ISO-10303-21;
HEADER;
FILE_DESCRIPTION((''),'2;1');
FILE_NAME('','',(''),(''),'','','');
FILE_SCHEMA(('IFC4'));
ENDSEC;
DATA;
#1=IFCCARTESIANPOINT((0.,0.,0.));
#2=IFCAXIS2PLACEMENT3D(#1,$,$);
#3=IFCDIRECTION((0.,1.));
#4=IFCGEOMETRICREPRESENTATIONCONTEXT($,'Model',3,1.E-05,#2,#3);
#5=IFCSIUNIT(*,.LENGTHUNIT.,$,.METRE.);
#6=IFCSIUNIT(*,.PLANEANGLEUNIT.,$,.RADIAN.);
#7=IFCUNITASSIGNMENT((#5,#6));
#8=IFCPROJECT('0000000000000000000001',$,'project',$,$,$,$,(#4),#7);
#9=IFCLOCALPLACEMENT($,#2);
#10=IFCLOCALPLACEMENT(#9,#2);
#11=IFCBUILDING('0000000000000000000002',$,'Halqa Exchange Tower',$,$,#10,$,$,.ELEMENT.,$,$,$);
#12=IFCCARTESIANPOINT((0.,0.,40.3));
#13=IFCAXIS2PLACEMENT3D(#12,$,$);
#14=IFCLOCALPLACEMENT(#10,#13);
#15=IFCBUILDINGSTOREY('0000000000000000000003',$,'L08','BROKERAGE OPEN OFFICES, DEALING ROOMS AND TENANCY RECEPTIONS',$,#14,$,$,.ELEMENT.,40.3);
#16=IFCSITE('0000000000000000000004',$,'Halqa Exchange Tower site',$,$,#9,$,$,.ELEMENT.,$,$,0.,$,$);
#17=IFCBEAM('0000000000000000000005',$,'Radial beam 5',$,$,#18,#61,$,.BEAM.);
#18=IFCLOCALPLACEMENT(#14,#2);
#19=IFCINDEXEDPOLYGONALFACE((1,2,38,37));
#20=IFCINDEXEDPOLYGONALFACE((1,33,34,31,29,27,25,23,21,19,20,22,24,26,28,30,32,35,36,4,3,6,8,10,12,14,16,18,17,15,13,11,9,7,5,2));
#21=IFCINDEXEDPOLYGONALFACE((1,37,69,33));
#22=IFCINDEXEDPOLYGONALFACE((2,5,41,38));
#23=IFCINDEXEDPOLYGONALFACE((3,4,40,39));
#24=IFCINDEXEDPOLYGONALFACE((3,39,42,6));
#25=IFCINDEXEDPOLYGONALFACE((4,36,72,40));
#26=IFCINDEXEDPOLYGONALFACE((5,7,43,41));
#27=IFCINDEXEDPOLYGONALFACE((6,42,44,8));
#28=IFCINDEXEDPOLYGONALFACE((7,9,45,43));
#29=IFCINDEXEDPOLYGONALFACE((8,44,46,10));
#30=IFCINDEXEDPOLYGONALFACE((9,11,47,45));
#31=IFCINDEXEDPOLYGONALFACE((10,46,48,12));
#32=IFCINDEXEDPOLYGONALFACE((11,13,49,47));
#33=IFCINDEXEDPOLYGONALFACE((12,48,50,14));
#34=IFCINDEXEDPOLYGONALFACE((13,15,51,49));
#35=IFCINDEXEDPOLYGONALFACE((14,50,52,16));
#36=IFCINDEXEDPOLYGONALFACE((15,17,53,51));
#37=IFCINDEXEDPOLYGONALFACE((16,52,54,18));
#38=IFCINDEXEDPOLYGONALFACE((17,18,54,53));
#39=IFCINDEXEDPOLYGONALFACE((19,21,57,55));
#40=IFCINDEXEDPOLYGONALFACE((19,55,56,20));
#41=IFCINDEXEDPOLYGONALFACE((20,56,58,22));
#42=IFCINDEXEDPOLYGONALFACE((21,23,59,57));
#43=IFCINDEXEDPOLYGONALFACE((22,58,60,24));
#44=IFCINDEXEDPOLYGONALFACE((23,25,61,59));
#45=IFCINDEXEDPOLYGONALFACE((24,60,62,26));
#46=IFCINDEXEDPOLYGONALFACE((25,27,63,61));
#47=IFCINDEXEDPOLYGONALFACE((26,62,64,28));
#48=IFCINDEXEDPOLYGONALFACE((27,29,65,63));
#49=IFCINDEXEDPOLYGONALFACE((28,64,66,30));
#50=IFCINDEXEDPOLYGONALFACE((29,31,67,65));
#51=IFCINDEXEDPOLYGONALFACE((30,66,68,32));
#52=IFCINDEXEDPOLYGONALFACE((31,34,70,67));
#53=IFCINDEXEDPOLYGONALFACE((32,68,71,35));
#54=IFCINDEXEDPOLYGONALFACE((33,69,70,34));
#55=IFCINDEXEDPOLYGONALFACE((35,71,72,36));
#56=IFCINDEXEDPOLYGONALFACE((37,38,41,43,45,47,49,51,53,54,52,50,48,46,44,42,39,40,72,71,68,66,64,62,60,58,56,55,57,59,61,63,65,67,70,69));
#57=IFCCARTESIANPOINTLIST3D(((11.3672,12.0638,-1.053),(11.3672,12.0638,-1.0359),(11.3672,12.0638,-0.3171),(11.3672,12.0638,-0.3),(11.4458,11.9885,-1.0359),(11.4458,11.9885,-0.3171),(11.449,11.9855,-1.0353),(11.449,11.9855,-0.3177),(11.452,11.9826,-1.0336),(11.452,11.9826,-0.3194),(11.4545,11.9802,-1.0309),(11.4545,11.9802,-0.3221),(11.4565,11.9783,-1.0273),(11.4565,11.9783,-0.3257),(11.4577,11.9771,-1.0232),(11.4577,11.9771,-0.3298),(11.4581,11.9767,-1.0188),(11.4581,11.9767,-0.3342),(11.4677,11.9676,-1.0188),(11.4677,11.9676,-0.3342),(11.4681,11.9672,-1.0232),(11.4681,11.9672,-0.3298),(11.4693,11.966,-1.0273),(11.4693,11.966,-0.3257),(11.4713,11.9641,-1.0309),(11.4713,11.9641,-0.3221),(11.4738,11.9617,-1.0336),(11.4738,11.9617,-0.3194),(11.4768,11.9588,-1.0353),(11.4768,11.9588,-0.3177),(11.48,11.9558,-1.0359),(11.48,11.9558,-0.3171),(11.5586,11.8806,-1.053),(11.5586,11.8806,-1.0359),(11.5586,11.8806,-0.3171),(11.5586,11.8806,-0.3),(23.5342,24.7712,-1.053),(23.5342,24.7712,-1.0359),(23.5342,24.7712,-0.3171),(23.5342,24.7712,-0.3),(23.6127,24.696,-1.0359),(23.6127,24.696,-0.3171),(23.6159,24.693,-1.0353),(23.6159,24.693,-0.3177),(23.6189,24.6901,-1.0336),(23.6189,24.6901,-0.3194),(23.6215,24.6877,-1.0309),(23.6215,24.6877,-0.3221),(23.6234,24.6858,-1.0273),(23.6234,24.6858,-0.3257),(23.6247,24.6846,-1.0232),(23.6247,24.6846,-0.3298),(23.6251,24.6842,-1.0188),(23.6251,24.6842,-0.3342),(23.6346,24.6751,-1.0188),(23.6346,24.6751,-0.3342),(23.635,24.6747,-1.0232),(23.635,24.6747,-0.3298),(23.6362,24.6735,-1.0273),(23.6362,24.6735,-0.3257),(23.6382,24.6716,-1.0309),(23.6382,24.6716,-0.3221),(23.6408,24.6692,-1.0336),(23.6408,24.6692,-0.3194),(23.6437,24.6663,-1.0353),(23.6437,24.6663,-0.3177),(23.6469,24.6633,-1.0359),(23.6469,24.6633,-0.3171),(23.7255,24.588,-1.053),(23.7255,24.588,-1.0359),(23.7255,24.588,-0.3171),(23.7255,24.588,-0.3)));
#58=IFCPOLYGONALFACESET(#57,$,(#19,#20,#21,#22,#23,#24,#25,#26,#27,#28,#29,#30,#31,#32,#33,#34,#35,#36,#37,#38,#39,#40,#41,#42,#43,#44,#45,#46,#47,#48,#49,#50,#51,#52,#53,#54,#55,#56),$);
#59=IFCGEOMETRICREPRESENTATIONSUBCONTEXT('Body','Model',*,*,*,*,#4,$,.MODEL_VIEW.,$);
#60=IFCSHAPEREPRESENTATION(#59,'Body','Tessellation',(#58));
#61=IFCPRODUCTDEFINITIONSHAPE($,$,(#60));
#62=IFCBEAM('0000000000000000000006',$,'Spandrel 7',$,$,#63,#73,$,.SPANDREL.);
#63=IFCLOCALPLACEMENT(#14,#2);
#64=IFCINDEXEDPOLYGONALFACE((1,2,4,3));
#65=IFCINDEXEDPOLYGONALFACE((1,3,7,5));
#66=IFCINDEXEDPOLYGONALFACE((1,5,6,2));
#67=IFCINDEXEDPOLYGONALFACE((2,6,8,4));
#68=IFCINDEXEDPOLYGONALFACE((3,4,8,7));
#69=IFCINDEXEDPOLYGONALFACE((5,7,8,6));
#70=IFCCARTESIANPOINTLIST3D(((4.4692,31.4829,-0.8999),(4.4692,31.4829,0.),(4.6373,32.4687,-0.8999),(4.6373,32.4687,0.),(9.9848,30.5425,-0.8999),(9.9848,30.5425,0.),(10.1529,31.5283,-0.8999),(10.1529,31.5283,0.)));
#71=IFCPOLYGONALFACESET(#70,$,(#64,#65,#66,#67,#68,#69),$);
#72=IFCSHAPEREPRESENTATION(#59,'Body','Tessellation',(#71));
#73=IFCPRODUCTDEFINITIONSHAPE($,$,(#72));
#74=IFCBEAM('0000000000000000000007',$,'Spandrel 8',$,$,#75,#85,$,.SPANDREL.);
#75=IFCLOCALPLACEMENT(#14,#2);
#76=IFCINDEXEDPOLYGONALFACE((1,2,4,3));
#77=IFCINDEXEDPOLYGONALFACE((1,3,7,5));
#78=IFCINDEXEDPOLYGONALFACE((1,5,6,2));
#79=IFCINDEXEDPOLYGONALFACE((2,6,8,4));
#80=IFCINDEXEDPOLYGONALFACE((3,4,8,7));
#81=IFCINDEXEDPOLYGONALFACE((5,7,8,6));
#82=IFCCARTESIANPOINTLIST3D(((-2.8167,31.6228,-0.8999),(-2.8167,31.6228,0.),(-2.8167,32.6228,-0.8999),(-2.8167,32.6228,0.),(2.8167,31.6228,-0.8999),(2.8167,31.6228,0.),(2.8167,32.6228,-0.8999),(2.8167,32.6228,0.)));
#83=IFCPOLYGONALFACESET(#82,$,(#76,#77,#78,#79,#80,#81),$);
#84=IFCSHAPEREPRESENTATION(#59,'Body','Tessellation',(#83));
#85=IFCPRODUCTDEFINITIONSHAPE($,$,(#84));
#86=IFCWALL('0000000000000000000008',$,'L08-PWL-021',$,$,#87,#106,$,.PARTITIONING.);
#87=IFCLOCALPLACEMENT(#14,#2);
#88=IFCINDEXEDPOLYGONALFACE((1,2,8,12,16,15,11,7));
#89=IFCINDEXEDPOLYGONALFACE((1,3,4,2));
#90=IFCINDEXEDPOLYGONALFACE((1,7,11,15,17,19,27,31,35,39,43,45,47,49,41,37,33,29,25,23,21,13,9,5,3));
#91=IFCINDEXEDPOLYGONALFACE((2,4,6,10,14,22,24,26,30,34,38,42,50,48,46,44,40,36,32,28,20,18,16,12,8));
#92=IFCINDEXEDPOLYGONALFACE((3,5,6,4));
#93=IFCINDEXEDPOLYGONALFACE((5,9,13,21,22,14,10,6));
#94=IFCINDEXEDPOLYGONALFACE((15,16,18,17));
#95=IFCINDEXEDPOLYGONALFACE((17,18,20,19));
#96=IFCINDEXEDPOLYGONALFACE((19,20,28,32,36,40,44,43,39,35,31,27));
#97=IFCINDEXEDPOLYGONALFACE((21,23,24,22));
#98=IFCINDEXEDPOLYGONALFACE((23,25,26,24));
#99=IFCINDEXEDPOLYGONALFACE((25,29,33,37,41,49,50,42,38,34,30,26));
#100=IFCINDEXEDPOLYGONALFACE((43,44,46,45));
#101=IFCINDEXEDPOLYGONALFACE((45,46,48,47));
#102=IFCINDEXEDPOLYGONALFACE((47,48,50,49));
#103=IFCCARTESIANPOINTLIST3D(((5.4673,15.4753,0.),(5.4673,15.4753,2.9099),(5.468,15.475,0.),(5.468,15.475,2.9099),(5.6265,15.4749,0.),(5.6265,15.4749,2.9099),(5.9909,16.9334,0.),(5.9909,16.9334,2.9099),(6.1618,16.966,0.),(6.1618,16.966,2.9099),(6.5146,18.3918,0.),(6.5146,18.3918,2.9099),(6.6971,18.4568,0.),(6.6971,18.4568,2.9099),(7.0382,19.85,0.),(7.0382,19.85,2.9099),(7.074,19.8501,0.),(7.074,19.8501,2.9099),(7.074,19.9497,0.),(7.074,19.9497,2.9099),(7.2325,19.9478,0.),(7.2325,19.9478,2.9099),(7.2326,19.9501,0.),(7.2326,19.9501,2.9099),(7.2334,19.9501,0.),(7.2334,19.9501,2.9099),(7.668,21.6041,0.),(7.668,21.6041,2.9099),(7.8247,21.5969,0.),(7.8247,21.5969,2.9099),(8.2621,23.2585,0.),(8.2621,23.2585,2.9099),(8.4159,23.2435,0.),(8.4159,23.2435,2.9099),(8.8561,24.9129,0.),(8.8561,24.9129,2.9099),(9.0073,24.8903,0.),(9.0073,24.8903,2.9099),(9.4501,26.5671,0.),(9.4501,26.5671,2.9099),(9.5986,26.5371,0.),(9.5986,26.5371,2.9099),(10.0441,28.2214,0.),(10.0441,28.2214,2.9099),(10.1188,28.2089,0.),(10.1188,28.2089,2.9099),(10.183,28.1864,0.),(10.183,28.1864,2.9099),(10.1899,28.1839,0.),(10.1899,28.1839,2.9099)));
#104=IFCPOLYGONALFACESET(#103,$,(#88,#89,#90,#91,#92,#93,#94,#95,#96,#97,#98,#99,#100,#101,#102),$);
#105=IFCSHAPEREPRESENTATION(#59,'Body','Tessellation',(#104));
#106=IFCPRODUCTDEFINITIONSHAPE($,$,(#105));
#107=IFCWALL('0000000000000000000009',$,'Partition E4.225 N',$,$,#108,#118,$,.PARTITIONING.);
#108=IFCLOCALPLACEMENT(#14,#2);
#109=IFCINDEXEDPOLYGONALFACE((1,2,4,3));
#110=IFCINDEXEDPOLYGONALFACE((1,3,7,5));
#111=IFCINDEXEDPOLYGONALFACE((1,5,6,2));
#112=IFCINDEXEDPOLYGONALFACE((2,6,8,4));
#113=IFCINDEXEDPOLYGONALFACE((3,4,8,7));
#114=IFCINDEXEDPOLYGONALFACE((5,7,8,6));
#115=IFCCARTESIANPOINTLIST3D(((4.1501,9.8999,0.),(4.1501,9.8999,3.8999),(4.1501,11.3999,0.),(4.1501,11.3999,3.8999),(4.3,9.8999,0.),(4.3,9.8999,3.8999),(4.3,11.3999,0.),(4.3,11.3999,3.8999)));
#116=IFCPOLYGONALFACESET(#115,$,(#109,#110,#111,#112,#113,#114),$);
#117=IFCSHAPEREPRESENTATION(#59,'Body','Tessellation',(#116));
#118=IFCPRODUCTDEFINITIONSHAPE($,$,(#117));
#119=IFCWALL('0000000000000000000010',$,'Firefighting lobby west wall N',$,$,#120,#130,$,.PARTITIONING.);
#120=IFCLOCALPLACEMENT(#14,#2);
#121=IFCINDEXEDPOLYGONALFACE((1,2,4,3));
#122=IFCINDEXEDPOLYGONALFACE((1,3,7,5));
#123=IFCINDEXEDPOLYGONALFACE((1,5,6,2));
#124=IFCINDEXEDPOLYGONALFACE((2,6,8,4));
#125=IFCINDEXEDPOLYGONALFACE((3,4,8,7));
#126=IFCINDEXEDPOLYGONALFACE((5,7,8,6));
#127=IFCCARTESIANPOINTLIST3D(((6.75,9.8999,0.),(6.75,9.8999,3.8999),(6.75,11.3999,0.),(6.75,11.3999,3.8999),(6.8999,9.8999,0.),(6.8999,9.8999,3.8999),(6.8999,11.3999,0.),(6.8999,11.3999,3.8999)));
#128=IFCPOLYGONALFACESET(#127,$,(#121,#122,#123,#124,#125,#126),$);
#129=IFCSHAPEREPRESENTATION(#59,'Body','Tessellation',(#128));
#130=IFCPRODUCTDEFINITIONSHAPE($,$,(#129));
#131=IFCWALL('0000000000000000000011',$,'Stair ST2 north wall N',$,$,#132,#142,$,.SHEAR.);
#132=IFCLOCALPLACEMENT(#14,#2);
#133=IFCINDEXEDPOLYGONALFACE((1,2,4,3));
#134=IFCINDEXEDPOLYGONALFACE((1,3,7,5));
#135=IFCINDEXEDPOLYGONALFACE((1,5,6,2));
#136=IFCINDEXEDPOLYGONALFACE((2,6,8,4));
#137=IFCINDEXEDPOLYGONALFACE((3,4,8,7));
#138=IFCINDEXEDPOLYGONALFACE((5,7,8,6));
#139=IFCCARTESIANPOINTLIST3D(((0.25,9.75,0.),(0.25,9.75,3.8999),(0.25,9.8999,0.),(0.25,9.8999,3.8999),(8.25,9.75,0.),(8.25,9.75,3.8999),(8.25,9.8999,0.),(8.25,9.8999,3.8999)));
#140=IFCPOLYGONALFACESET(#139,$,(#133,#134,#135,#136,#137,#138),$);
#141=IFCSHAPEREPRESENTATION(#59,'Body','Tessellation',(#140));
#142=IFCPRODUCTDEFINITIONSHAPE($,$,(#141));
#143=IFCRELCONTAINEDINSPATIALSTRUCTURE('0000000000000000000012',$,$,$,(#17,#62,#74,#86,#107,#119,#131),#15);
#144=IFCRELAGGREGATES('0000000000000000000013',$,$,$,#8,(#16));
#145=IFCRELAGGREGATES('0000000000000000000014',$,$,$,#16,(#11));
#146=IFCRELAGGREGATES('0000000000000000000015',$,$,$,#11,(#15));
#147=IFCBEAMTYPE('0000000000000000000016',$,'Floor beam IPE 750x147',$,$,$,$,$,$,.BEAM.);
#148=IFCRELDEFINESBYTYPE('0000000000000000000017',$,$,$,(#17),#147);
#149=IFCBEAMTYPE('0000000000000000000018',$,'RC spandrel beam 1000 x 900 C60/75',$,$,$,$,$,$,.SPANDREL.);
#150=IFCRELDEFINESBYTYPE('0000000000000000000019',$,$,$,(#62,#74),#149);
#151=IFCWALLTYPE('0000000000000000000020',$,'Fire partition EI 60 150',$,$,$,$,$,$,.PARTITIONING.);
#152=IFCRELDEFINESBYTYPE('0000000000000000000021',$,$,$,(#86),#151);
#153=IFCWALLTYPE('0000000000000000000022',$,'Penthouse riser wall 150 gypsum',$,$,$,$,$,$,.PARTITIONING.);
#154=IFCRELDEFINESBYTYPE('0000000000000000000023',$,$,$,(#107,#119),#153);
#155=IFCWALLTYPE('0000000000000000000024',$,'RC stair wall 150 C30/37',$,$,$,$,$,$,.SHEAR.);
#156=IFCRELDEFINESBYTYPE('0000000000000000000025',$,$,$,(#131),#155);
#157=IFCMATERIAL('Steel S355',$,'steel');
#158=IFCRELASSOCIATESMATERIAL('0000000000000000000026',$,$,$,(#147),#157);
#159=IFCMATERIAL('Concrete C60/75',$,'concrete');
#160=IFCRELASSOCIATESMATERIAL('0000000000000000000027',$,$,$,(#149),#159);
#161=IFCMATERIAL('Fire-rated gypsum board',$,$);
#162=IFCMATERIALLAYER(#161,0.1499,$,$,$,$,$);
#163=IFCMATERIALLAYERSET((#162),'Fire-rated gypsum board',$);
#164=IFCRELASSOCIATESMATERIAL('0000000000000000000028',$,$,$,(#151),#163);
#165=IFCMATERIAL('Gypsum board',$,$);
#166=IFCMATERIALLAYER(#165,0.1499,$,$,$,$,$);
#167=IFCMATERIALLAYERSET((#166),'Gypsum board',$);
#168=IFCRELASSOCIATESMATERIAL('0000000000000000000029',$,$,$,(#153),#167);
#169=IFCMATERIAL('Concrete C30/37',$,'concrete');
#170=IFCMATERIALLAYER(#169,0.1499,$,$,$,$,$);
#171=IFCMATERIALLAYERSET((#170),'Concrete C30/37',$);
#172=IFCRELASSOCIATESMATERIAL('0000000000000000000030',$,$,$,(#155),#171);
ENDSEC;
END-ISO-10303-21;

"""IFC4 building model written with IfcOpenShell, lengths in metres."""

from ifc_helpers import new_model, si_unit, direction, frame, frame_2d, origin, origin_2d, place, context, subcontext, project, spatial, polyline, rectangle, i_section, outline, extrude, material, layer, layer_set, material_profile, profile_set, type_object, element, save


model = new_model("IFC4")

# Units and contexts
model_context = context("Model", 3, precision=1e-05, world=origin(), true_north=direction((0.0, 1.0)))
body_context = subcontext(model_context, "Body", "Model", "MODEL_VIEW")
ifc_project = project(units=[si_unit("LENGTHUNIT", "METRE"), si_unit("PLANEANGLEUNIT", "RADIAN")], contexts=[model_context])

# Site, building, storey
site_placement = place(None, origin())
site = spatial("IfcSite", under=ifc_project, at=site_placement, Name="Halqa Exchange Tower site", CompositionType="ELEMENT", RefElevation=0.0)
building_placement = place(site_placement, origin())
building = spatial("IfcBuilding", under=site, at=building_placement, Name="Halqa Exchange Tower", CompositionType="ELEMENT")
storey_placement = place(building_placement, frame((0.0, 0.0, 40.3)))
storey = spatial("IfcBuildingStorey", under=building, at=storey_placement, Name="L08", Description="BROKERAGE OPEN OFFICES, DEALING ROOMS AND TENANCY RECEPTIONS", CompositionType="ELEMENT", Elevation=40.3)

# Beams
ifc_material_1 = material(Name="Steel S355", Category="steel")
ifc_material_profile_1 = material_profile(ifc_material_1, i_section(OverallWidth=0.2649, OverallDepth=0.7529, WebThickness=0.0132, FlangeThickness=0.0171, FilletRadius=0.0171, at=origin_2d()), Name="IPE 750x147")
ifc_profile_set_1 = profile_set([ifc_material_profile_1], Name="Steel S355")
beam_type_1 = type_object("IfcBeamType", Name="Floor beam IPE 750x147", PredefinedType="BEAM", material=ifc_profile_set_1)
beam_1_placement = place(storey_placement, frame((11.4629, 11.9722, -0.6765), z_axis=(0.691578, 0.722302, 0.0), x_axis=(-0.722302, 0.691578, 0.0)))
element("IfcBeam", 1, at=beam_1_placement, inside=storey, type_object=beam_type_1, Name="Radial beam 5", PredefinedType="BEAM", context=body_context, shape_type="SweptSolid", body=[
    extrude(i_section(OverallWidth=0.2649, OverallDepth=0.7529, WebThickness=0.0132, FlangeThickness=0.0171, FilletRadius=0.0171, at=origin_2d()), origin(), (0.0, 0.0, 1.0), 17.593),
])
ifc_material_2 = material(Name="Concrete C60/75", Category="concrete")
ifc_material_profile_2 = material_profile(ifc_material_2, rectangle(XDim=1.0, YDim=0.8999, at=origin_2d()), Name="1000 x 900")
ifc_profile_set_2 = profile_set([ifc_material_profile_2], Name="Concrete C60/75")
beam_type_2 = type_object("IfcBeamType", Name="RC spandrel beam 1000 x 900 C60/75", PredefinedType="SPANDREL", material=ifc_profile_set_2)
beam_2_placement = place(storey_placement, frame((10.0688, 31.0354, -0.45), z_axis=(-0.985774, 0.168077, 0.0), x_axis=(-0.168077, -0.985774, 0.0)))
element("IfcBeam", 2, at=beam_2_placement, inside=storey, type_object=beam_type_2, Name="Spandrel 7", PredefinedType="SPANDREL", context=body_context, shape_type="SweptSolid", body=[
    extrude(rectangle(XDim=1.0, YDim=0.8999, at=origin_2d()), origin(), (0.0, 0.0, 1.0), 5.5952),
])
beam_3_placement = place(storey_placement, frame((2.8167, 32.1228, -0.45), z_axis=(-1.0, 0.0, 0.0), x_axis=(0.0, -1.0, 0.0)))
element("IfcBeam", 3, at=beam_3_placement, inside=storey, type_object=beam_type_2, Name="Spandrel 8", PredefinedType="SPANDREL", context=body_context, shape_type="SweptSolid", body=[
    extrude(rectangle(XDim=1.0, YDim=0.8999, at=origin_2d()), origin(), (0.0, 0.0, 1.0), 5.6333),
])

# Wall
ifc_material_3 = material(Name="Fire-rated gypsum board")
ifc_layer_1 = layer(ifc_material_3, 0.1499)
ifc_layer_set_1 = layer_set([ifc_layer_1], Name="Fire-rated gypsum board")
wall_type_1 = type_object("IfcWallType", Name="Fire partition EI 60 150", PredefinedType="PARTITIONING", material=ifc_layer_set_1)
wall_1_placement = place(storey_placement, frame((5.5378, 15.45, 0.0), z_axis=(0.0, 0.0, 1.0), x_axis=(0.337949, 0.941164, 0.0)))
element("IfcWall", 4, at=wall_1_placement, inside=storey, type_object=wall_type_1, Name="L08-PWL-021", PredefinedType="PARTITIONING", context=body_context, shape_type="SweptSolid", body=[
    extrude(outline(polyline([(0.0535, -0.075), (1.6377, -0.075), (3.2217, -0.075), (4.8059, -0.075), (4.8081, -0.0742), (4.8083, -0.075), (6.5581, -0.075), (8.3076, -0.075), (10.0574, -0.075), (11.8071, -0.075), (13.5569, -0.075), (13.5569, -0.0676), (13.5564, 0.0005), (13.543, 0.075), (11.7852, 0.075), (10.0276, 0.075), (8.2698, 0.075), (6.512, 0.075), (4.7542, 0.075), (4.6604, 0.0413), (4.6482, 0.075), (3.0989, 0.075), (1.5493, 0.075), (0.0, 0.075), (0.0, 0.0742), (0.0535, -0.075)])), origin(), (0.0, 0.0, 1.0), 2.9099),
])

# Shared definitions
ifc_material_4 = material(Name="Gypsum board")

# Walls
ifc_layer_2 = layer(ifc_material_4, 0.1499)
ifc_layer_set_2 = layer_set([ifc_layer_2], Name="Gypsum board")
wall_type_2 = type_object("IfcWallType", Name="Penthouse riser wall 150 gypsum", PredefinedType="PARTITIONING", material=ifc_layer_set_2)
for number, where, z_axis, x_axis, name in (
    (5, (4.2251, 9.8999, 0.0), (0.0, 0.0, 1.0), (0.0, 1.0, 0.0), "Partition E4.225 N"),
    (6, (6.825, 9.8999, 0.0), (0.0, 0.0, 1.0), (0.0, 1.0, 0.0), "Firefighting lobby west wall N"),
):
    element("IfcWall", number, at=place(storey_placement, frame(where, z_axis=z_axis, x_axis=x_axis)), inside=storey, type_object=wall_type_2, Name=name, PredefinedType="PARTITIONING", context=body_context, shape_type="SweptSolid", body=[
        extrude(rectangle(XDim=1.5, YDim=0.1499, at=frame_2d((0.75, 0.0))), origin(), (0.0, 0.0, 1.0), 3.8999),
    ])
ifc_material_5 = material(Name="Concrete C30/37", Category="concrete")
ifc_layer_3 = layer(ifc_material_5, 0.1499)
ifc_layer_set_3 = layer_set([ifc_layer_3], Name="Concrete C30/37")
wall_type_3 = type_object("IfcWallType", Name="RC stair wall 150 C30/37", PredefinedType="SHEAR", material=ifc_layer_set_3)
wall_2_placement = place(storey_placement, frame((0.25, 9.825, 0.0), z_axis=(0.0, 0.0, 1.0), x_axis=(1.0, 0.0, 0.0)))
element("IfcWall", 7, at=wall_2_placement, inside=storey, type_object=wall_type_3, Name="Stair ST2 north wall N", PredefinedType="SHEAR", context=body_context, shape_type="SweptSolid", body=[
    extrude(rectangle(XDim=8.0, YDim=0.1499, at=frame_2d((4.0, 0.0))), origin(), (0.0, 0.0, 1.0), 3.8999),
])

save(model, "model.ifc")
